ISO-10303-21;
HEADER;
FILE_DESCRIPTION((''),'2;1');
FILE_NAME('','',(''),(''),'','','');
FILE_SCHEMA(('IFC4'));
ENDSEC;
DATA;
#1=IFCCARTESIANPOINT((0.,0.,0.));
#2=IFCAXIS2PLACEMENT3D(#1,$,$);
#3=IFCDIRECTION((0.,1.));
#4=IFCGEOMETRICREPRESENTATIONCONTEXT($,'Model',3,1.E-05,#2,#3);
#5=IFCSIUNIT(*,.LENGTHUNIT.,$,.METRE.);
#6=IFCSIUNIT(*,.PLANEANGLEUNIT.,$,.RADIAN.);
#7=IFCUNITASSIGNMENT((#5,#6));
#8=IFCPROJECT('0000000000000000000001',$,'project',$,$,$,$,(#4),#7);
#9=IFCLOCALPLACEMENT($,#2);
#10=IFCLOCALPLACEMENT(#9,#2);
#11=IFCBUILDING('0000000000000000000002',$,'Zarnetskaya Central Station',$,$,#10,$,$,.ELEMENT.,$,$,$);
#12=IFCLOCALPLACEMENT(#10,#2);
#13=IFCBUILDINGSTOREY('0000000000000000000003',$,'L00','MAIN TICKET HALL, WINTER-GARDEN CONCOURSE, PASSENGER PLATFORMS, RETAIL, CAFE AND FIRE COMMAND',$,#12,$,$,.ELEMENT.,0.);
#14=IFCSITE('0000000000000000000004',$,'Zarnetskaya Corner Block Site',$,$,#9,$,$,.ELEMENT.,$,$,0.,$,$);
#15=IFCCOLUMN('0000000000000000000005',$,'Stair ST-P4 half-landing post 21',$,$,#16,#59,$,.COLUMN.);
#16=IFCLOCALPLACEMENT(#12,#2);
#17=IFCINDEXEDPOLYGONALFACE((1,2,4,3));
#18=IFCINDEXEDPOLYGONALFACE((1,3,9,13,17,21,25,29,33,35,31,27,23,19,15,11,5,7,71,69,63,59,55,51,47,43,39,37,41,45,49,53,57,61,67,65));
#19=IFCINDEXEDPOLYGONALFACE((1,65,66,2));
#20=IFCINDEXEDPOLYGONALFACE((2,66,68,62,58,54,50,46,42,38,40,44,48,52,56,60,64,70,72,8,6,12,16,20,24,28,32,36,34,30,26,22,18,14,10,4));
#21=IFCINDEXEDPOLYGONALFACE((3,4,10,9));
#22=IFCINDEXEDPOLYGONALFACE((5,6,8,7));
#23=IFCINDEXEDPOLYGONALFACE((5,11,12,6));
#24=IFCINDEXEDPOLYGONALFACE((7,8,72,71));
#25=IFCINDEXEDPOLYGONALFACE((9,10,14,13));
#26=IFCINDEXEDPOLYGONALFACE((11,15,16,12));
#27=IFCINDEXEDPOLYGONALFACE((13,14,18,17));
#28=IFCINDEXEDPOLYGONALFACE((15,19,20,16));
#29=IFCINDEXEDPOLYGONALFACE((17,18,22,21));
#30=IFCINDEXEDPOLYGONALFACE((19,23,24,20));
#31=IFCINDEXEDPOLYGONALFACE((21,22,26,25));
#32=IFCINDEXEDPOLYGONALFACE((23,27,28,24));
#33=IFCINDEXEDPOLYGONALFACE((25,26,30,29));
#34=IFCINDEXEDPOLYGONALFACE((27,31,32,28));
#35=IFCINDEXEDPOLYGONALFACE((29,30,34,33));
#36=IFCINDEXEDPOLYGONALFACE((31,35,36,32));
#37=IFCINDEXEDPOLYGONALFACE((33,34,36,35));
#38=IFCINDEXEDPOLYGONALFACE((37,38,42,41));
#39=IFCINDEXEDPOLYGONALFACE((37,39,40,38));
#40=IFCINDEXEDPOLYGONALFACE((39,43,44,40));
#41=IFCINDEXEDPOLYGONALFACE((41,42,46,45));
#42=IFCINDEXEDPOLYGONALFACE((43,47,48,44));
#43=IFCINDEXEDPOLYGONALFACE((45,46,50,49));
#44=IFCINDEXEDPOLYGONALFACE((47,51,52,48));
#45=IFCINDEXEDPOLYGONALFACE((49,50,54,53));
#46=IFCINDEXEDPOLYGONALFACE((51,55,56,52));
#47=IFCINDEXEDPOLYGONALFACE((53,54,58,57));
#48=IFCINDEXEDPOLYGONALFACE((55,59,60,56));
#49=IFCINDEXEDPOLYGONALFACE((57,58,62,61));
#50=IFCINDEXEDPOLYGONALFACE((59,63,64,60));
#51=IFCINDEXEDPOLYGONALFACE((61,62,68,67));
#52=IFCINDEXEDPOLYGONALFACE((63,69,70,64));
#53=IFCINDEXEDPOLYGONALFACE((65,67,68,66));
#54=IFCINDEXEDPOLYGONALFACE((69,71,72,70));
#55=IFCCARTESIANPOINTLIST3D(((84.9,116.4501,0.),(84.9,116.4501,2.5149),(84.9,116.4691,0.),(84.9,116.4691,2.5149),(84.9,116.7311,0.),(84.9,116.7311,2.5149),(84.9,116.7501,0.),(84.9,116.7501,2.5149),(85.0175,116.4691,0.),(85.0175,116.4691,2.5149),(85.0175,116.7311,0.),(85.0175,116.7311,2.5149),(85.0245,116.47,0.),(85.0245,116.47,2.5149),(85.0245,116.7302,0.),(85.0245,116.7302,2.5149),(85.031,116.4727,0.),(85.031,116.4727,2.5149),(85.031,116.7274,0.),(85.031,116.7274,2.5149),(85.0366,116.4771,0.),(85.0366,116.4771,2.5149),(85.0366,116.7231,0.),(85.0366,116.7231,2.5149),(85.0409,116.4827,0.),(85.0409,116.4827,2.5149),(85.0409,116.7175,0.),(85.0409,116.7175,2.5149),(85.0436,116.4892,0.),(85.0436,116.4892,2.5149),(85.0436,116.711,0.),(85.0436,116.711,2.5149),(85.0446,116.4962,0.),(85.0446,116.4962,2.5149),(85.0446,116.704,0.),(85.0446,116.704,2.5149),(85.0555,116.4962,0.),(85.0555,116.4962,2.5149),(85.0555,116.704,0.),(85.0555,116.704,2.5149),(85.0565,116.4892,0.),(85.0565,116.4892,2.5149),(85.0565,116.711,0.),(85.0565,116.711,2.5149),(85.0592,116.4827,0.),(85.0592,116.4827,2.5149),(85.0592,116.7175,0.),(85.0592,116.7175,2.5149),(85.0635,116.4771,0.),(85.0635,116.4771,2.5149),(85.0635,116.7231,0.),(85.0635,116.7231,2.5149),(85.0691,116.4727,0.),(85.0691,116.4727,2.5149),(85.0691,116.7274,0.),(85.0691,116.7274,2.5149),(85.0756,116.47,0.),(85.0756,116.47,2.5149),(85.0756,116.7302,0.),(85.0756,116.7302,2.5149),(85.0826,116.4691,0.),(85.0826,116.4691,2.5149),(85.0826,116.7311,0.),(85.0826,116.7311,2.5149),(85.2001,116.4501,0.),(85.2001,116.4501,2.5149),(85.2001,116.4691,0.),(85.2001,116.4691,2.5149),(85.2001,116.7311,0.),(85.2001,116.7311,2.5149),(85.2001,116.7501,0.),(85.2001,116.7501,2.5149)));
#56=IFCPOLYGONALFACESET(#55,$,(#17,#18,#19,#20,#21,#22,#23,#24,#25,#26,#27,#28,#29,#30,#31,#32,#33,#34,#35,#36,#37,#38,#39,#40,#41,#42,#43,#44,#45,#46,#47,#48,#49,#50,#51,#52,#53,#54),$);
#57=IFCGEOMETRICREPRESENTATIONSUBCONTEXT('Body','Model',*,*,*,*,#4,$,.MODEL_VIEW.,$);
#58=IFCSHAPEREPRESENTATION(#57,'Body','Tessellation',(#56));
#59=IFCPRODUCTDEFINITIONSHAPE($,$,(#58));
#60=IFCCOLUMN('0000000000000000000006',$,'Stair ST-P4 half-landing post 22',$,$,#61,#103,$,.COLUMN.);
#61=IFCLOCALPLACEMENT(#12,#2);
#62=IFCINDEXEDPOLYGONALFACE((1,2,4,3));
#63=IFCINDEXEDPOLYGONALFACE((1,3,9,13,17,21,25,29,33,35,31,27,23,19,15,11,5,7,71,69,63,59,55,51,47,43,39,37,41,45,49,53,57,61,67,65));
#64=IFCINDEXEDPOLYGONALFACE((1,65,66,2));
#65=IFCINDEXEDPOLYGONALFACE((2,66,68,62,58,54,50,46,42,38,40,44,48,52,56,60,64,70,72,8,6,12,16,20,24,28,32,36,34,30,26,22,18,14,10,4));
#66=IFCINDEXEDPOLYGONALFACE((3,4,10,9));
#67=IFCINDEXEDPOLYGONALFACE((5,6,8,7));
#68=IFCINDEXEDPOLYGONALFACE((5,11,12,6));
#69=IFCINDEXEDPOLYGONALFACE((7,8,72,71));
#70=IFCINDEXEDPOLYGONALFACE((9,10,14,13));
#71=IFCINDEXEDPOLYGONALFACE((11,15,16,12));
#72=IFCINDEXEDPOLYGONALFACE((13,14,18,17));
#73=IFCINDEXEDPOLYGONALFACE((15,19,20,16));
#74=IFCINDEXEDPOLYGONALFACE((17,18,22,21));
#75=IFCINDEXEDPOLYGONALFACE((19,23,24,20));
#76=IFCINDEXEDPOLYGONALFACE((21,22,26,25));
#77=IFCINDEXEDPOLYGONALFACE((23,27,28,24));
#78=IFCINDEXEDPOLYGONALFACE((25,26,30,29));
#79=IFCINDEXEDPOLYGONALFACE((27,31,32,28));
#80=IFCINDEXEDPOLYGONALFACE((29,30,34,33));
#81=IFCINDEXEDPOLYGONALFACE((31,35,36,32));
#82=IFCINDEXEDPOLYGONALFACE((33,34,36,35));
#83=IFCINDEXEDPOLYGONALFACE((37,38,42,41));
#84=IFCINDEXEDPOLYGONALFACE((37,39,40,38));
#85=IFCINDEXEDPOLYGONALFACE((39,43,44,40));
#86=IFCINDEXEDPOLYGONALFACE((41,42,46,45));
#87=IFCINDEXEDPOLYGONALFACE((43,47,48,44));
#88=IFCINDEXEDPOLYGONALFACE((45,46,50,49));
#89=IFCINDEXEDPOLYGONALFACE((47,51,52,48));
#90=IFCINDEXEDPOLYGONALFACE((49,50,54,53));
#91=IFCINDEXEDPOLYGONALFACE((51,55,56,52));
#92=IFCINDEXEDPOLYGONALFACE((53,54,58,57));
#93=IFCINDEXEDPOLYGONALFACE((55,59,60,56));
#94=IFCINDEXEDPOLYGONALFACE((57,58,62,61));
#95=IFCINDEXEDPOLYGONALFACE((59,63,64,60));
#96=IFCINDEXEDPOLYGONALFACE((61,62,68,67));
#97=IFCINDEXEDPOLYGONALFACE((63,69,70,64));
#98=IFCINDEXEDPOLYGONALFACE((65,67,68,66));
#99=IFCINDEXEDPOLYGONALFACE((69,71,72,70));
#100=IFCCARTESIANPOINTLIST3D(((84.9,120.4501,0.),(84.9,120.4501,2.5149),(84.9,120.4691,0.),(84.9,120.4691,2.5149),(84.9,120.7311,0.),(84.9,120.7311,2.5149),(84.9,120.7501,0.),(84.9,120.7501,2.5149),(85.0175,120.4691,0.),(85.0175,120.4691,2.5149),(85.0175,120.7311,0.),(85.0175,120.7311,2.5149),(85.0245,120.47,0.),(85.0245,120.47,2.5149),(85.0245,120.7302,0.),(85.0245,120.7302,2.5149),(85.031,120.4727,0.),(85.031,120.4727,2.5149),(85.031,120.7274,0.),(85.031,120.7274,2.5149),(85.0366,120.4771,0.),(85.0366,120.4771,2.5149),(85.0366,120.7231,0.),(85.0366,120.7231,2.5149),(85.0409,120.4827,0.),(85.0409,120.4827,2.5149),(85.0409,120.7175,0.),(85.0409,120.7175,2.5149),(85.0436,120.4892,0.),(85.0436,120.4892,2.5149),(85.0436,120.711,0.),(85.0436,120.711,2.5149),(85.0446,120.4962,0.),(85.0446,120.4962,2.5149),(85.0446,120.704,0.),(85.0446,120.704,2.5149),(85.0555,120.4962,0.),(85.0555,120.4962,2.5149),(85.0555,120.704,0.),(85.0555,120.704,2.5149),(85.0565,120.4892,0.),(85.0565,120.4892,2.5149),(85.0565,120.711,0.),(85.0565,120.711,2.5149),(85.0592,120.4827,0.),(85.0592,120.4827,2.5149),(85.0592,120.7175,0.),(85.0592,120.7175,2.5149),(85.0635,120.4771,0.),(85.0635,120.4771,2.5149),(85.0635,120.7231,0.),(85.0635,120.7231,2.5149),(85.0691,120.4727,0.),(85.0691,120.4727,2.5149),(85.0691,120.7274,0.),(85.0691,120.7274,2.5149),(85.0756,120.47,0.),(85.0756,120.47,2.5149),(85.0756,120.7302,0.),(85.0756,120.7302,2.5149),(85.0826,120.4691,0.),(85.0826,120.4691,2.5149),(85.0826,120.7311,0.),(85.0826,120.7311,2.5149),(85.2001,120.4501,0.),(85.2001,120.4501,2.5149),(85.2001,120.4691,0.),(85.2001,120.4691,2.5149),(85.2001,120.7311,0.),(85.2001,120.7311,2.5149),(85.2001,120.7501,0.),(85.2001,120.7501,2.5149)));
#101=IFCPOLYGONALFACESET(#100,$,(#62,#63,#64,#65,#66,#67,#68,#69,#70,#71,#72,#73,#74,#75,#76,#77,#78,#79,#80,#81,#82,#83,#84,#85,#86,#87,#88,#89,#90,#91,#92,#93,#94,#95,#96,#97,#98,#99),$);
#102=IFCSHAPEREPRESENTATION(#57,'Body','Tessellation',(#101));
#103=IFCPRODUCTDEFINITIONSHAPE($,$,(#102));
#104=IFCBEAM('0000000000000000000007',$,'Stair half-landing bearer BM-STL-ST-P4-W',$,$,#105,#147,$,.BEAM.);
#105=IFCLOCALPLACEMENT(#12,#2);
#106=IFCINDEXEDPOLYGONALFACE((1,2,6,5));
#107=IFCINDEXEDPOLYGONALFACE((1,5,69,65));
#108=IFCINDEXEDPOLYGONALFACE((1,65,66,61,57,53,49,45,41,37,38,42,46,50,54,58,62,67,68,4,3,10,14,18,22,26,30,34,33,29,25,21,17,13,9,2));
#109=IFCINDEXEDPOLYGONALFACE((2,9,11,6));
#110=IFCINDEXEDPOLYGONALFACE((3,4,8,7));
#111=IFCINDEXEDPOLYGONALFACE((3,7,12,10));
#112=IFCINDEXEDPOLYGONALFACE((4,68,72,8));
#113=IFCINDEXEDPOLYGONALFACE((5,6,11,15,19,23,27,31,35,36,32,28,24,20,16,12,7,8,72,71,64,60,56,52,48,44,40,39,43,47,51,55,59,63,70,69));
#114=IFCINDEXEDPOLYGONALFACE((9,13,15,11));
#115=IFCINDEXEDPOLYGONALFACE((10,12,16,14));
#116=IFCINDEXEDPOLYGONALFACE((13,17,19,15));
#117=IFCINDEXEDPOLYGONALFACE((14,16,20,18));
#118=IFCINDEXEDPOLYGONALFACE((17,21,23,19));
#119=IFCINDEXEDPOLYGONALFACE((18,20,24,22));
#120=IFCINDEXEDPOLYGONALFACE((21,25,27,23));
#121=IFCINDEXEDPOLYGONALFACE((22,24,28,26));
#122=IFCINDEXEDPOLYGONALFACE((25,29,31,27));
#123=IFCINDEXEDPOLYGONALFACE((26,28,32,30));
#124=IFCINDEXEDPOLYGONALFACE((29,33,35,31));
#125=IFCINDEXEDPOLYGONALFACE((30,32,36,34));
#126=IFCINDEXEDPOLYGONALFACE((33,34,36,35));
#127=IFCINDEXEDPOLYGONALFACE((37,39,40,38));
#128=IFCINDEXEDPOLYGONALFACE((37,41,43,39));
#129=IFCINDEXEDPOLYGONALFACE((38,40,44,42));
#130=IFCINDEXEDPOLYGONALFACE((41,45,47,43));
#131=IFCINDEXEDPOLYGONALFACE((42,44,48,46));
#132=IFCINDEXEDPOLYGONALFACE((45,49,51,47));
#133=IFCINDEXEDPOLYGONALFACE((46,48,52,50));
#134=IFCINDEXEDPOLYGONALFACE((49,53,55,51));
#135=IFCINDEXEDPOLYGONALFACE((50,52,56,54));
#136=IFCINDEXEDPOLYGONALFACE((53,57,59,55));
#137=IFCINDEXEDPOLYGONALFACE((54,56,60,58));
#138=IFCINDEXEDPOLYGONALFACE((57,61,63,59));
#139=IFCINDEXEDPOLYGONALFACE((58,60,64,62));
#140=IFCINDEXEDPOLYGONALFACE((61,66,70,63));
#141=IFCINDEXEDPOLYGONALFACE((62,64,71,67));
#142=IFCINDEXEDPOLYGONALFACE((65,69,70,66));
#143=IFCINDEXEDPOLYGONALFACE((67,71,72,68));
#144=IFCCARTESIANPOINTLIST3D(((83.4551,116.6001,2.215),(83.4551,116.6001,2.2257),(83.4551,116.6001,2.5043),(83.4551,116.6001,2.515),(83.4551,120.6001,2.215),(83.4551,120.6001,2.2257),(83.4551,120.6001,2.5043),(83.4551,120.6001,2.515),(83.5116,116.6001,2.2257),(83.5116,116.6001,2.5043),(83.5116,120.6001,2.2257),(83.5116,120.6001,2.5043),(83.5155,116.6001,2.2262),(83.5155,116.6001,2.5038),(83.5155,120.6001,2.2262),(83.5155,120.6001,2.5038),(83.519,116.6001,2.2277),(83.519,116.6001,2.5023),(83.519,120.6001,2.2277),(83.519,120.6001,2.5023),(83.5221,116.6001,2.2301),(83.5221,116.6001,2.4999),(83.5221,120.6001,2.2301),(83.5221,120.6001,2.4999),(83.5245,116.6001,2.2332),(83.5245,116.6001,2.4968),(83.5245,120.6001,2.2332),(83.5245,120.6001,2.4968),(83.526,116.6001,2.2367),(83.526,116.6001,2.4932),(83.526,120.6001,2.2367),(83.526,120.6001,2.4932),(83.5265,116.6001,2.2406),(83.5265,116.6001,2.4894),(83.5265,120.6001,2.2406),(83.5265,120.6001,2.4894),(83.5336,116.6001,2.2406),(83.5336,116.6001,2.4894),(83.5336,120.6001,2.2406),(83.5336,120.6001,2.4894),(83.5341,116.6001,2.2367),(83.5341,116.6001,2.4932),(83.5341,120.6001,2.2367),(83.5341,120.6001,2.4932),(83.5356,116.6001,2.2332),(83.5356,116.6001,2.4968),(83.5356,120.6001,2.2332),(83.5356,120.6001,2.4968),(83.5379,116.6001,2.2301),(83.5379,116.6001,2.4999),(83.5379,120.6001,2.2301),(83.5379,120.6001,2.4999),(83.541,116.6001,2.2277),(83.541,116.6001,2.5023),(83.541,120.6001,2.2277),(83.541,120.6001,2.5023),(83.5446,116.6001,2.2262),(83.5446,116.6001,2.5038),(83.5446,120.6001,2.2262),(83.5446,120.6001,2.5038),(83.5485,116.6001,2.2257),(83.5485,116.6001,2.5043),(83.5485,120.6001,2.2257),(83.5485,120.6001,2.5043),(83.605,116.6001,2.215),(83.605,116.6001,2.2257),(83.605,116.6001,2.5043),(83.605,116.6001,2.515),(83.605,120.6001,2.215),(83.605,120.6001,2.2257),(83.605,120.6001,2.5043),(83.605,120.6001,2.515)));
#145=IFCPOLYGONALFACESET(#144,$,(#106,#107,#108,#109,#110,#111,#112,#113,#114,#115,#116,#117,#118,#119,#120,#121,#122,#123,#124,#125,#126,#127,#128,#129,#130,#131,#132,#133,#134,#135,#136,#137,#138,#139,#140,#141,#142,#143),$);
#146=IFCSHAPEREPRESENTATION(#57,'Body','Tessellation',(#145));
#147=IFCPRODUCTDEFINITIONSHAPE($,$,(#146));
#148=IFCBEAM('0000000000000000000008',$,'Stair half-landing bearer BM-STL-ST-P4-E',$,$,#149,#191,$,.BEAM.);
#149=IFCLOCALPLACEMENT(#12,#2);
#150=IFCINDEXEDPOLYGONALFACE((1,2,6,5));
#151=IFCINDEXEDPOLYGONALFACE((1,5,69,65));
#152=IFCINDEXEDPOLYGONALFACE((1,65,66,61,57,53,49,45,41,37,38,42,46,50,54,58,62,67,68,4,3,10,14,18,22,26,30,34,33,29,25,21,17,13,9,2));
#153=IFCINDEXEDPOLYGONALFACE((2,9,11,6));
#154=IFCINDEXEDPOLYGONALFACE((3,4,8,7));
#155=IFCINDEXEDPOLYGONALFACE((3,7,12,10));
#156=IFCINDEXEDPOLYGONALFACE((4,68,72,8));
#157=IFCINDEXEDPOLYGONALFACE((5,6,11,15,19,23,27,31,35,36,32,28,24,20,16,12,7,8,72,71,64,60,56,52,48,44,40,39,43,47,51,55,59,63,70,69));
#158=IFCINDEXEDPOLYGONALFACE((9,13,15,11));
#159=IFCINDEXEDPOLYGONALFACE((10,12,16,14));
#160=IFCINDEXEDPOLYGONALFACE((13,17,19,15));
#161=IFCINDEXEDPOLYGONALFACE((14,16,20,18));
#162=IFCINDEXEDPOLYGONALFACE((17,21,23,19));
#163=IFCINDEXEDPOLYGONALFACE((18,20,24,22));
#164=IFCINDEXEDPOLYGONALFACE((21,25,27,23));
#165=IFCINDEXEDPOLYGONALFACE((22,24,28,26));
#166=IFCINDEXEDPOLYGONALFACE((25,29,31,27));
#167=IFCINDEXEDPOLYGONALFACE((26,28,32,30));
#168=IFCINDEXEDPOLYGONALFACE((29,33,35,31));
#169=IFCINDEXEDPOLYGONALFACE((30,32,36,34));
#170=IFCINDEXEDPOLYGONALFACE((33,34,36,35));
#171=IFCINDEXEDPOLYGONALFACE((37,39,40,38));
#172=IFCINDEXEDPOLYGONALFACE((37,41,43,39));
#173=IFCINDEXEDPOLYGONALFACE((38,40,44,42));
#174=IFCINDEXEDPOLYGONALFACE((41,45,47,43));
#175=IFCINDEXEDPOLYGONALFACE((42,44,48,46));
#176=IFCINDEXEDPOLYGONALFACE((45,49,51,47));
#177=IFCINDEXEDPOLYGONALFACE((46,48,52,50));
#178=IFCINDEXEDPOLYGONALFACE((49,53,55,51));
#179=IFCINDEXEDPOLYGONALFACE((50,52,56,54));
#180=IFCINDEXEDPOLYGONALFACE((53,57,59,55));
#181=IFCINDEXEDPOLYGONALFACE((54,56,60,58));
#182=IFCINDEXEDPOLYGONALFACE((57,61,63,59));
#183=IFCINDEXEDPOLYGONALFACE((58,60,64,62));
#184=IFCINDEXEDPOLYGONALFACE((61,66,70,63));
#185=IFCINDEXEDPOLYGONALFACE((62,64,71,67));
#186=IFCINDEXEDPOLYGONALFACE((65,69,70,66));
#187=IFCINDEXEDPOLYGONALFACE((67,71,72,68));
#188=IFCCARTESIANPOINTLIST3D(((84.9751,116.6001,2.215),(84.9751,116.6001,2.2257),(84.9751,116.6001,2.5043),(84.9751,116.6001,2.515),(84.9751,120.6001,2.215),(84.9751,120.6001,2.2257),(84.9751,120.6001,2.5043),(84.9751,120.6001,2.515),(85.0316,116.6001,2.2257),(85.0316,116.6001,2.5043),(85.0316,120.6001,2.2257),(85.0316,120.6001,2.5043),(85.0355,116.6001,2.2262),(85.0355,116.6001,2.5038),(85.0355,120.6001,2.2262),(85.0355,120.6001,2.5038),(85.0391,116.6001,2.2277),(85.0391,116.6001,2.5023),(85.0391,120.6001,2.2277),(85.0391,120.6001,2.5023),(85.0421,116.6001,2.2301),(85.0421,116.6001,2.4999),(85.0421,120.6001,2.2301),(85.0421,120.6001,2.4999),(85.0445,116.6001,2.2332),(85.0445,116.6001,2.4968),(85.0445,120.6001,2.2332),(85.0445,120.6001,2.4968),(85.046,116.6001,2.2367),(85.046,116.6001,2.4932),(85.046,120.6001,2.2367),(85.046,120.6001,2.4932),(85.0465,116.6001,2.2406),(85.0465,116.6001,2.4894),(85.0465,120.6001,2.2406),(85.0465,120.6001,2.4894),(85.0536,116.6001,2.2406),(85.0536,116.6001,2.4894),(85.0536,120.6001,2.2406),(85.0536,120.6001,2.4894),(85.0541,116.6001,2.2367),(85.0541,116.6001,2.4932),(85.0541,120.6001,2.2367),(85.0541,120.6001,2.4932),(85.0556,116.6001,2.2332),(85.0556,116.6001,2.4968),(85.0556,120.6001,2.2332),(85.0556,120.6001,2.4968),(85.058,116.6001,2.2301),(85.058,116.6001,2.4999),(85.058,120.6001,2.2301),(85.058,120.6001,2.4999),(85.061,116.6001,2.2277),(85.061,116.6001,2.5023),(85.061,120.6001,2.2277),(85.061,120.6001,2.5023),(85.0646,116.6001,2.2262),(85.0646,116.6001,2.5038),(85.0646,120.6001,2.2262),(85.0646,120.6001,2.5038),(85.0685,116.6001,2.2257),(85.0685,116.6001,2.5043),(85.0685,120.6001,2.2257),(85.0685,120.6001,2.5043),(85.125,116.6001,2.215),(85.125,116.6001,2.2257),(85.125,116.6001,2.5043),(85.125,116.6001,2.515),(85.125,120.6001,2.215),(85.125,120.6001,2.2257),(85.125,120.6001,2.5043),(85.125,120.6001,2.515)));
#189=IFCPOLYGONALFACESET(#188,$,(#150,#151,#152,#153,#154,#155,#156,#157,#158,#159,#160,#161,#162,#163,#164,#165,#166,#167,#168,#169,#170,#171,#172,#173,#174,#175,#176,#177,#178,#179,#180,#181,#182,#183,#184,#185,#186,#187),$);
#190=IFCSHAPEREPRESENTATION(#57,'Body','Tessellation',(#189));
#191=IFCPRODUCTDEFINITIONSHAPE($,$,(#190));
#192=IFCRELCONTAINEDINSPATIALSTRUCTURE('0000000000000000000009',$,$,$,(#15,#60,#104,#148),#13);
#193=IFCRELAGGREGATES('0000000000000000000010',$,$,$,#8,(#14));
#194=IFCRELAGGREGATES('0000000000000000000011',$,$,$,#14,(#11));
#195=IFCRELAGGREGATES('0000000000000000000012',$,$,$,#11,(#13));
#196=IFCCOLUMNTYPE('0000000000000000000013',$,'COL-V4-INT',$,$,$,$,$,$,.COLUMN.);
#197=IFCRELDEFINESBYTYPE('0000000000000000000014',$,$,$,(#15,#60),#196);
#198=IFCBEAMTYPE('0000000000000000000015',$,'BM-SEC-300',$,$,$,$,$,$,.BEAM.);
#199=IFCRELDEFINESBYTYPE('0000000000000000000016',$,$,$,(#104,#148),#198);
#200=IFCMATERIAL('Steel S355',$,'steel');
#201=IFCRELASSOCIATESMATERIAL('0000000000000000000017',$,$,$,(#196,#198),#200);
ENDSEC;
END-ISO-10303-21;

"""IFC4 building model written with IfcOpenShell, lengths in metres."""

from ifc_helpers import new_model, si_unit, direction, frame, origin, origin_2d, place, context, subcontext, project, spatial, i_section, extrude, material, material_profile, profile_set, type_object, element, save


model = new_model("IFC4")

# Units and contexts
model_context = context("Model", 3, precision=1e-05, world=origin(), true_north=direction((0.0, 1.0)))
body_context = subcontext(model_context, "Body", "Model", "MODEL_VIEW")
ifc_project = project(units=[si_unit("LENGTHUNIT", "METRE"), si_unit("PLANEANGLEUNIT", "RADIAN")], contexts=[model_context])

# Site, building, storey
site_placement = place(None, origin())
site = spatial("IfcSite", under=ifc_project, at=site_placement, Name="Zarnetskaya Corner Block Site", CompositionType="ELEMENT", RefElevation=0.0)
building_placement = place(site_placement, origin())
building = spatial("IfcBuilding", under=site, at=building_placement, Name="Zarnetskaya Central Station", CompositionType="ELEMENT")
storey_placement = place(building_placement, origin())
storey = spatial("IfcBuildingStorey", under=building, at=storey_placement, Name="L00", Description="MAIN TICKET HALL, WINTER-GARDEN CONCOURSE, PASSENGER PLATFORMS, RETAIL, CAFE AND FIRE COMMAND", CompositionType="ELEMENT", Elevation=0.0)

# Columns
ifc_material_1 = material(Name="Steel S355", Category="steel")
ifc_material_profile_1 = material_profile(ifc_material_1, i_section(OverallWidth=0.3, OverallDepth=0.3, WebThickness=0.011, FlangeThickness=0.019, FilletRadius=0.0271, at=origin_2d()), Name="HEB 300")
ifc_profile_set_1 = profile_set([ifc_material_profile_1], Name="Steel S355")
column_type_1 = type_object("IfcColumnType", Name="COL-V4-INT", PredefinedType="COLUMN", material=ifc_profile_set_1)
for number, where, z_axis, x_axis, name in (
    (1, (85.05, 116.6001, 0.0), (0.0, 0.0, 1.0), (1.0, 0.0, 0.0), "Stair ST-P4 half-landing post 21"),
    (2, (85.05, 120.6001, 0.0), (0.0, 0.0, 1.0), (1.0, 0.0, 0.0), "Stair ST-P4 half-landing post 22"),
):
    element("IfcColumn", number, at=place(storey_placement, frame(where, z_axis=z_axis, x_axis=x_axis)), inside=storey, type_object=column_type_1, Name=name, PredefinedType="COLUMN", context=body_context, shape_type="SweptSolid", body=[
        extrude(i_section(OverallWidth=0.3, OverallDepth=0.3, WebThickness=0.011, FlangeThickness=0.019, FilletRadius=0.0271, at=origin_2d()), origin(), (0.0, 0.0, 1.0), 2.5149),
    ])

# Beams
ifc_material_profile_2 = material_profile(ifc_material_1, i_section(OverallWidth=0.1499, OverallDepth=0.3, WebThickness=0.0071, FlangeThickness=0.0107, FilletRadius=0.0149, at=origin_2d()), Name="IPE 300")
ifc_profile_set_2 = profile_set([ifc_material_profile_2], Name="Steel S355")
beam_type_1 = type_object("IfcBeamType", Name="BM-SEC-300", PredefinedType="BEAM", material=ifc_profile_set_2)
for number, where, z_axis, x_axis, name in (
    (3, (83.53, 116.6001, 2.365), (0.0, 1.0, 0.0), (-1.0, 0.0, 0.0), "Stair half-landing bearer BM-STL-ST-P4-W"),
    (4, (85.05, 116.6001, 2.365), (0.0, 1.0, 0.0), (-1.0, 0.0, 0.0), "Stair half-landing bearer BM-STL-ST-P4-E"),
):
    element("IfcBeam", number, at=place(storey_placement, frame(where, z_axis=z_axis, x_axis=x_axis)), inside=storey, type_object=beam_type_1, Name=name, PredefinedType="BEAM", context=body_context, shape_type="SweptSolid", body=[
        extrude(i_section(OverallWidth=0.1499, OverallDepth=0.3, WebThickness=0.0071, FlangeThickness=0.0107, FilletRadius=0.0149, at=origin_2d()), origin(), (0.0, 0.0, 1.0), 4.0),
    ])

save(model, "model.ifc")
